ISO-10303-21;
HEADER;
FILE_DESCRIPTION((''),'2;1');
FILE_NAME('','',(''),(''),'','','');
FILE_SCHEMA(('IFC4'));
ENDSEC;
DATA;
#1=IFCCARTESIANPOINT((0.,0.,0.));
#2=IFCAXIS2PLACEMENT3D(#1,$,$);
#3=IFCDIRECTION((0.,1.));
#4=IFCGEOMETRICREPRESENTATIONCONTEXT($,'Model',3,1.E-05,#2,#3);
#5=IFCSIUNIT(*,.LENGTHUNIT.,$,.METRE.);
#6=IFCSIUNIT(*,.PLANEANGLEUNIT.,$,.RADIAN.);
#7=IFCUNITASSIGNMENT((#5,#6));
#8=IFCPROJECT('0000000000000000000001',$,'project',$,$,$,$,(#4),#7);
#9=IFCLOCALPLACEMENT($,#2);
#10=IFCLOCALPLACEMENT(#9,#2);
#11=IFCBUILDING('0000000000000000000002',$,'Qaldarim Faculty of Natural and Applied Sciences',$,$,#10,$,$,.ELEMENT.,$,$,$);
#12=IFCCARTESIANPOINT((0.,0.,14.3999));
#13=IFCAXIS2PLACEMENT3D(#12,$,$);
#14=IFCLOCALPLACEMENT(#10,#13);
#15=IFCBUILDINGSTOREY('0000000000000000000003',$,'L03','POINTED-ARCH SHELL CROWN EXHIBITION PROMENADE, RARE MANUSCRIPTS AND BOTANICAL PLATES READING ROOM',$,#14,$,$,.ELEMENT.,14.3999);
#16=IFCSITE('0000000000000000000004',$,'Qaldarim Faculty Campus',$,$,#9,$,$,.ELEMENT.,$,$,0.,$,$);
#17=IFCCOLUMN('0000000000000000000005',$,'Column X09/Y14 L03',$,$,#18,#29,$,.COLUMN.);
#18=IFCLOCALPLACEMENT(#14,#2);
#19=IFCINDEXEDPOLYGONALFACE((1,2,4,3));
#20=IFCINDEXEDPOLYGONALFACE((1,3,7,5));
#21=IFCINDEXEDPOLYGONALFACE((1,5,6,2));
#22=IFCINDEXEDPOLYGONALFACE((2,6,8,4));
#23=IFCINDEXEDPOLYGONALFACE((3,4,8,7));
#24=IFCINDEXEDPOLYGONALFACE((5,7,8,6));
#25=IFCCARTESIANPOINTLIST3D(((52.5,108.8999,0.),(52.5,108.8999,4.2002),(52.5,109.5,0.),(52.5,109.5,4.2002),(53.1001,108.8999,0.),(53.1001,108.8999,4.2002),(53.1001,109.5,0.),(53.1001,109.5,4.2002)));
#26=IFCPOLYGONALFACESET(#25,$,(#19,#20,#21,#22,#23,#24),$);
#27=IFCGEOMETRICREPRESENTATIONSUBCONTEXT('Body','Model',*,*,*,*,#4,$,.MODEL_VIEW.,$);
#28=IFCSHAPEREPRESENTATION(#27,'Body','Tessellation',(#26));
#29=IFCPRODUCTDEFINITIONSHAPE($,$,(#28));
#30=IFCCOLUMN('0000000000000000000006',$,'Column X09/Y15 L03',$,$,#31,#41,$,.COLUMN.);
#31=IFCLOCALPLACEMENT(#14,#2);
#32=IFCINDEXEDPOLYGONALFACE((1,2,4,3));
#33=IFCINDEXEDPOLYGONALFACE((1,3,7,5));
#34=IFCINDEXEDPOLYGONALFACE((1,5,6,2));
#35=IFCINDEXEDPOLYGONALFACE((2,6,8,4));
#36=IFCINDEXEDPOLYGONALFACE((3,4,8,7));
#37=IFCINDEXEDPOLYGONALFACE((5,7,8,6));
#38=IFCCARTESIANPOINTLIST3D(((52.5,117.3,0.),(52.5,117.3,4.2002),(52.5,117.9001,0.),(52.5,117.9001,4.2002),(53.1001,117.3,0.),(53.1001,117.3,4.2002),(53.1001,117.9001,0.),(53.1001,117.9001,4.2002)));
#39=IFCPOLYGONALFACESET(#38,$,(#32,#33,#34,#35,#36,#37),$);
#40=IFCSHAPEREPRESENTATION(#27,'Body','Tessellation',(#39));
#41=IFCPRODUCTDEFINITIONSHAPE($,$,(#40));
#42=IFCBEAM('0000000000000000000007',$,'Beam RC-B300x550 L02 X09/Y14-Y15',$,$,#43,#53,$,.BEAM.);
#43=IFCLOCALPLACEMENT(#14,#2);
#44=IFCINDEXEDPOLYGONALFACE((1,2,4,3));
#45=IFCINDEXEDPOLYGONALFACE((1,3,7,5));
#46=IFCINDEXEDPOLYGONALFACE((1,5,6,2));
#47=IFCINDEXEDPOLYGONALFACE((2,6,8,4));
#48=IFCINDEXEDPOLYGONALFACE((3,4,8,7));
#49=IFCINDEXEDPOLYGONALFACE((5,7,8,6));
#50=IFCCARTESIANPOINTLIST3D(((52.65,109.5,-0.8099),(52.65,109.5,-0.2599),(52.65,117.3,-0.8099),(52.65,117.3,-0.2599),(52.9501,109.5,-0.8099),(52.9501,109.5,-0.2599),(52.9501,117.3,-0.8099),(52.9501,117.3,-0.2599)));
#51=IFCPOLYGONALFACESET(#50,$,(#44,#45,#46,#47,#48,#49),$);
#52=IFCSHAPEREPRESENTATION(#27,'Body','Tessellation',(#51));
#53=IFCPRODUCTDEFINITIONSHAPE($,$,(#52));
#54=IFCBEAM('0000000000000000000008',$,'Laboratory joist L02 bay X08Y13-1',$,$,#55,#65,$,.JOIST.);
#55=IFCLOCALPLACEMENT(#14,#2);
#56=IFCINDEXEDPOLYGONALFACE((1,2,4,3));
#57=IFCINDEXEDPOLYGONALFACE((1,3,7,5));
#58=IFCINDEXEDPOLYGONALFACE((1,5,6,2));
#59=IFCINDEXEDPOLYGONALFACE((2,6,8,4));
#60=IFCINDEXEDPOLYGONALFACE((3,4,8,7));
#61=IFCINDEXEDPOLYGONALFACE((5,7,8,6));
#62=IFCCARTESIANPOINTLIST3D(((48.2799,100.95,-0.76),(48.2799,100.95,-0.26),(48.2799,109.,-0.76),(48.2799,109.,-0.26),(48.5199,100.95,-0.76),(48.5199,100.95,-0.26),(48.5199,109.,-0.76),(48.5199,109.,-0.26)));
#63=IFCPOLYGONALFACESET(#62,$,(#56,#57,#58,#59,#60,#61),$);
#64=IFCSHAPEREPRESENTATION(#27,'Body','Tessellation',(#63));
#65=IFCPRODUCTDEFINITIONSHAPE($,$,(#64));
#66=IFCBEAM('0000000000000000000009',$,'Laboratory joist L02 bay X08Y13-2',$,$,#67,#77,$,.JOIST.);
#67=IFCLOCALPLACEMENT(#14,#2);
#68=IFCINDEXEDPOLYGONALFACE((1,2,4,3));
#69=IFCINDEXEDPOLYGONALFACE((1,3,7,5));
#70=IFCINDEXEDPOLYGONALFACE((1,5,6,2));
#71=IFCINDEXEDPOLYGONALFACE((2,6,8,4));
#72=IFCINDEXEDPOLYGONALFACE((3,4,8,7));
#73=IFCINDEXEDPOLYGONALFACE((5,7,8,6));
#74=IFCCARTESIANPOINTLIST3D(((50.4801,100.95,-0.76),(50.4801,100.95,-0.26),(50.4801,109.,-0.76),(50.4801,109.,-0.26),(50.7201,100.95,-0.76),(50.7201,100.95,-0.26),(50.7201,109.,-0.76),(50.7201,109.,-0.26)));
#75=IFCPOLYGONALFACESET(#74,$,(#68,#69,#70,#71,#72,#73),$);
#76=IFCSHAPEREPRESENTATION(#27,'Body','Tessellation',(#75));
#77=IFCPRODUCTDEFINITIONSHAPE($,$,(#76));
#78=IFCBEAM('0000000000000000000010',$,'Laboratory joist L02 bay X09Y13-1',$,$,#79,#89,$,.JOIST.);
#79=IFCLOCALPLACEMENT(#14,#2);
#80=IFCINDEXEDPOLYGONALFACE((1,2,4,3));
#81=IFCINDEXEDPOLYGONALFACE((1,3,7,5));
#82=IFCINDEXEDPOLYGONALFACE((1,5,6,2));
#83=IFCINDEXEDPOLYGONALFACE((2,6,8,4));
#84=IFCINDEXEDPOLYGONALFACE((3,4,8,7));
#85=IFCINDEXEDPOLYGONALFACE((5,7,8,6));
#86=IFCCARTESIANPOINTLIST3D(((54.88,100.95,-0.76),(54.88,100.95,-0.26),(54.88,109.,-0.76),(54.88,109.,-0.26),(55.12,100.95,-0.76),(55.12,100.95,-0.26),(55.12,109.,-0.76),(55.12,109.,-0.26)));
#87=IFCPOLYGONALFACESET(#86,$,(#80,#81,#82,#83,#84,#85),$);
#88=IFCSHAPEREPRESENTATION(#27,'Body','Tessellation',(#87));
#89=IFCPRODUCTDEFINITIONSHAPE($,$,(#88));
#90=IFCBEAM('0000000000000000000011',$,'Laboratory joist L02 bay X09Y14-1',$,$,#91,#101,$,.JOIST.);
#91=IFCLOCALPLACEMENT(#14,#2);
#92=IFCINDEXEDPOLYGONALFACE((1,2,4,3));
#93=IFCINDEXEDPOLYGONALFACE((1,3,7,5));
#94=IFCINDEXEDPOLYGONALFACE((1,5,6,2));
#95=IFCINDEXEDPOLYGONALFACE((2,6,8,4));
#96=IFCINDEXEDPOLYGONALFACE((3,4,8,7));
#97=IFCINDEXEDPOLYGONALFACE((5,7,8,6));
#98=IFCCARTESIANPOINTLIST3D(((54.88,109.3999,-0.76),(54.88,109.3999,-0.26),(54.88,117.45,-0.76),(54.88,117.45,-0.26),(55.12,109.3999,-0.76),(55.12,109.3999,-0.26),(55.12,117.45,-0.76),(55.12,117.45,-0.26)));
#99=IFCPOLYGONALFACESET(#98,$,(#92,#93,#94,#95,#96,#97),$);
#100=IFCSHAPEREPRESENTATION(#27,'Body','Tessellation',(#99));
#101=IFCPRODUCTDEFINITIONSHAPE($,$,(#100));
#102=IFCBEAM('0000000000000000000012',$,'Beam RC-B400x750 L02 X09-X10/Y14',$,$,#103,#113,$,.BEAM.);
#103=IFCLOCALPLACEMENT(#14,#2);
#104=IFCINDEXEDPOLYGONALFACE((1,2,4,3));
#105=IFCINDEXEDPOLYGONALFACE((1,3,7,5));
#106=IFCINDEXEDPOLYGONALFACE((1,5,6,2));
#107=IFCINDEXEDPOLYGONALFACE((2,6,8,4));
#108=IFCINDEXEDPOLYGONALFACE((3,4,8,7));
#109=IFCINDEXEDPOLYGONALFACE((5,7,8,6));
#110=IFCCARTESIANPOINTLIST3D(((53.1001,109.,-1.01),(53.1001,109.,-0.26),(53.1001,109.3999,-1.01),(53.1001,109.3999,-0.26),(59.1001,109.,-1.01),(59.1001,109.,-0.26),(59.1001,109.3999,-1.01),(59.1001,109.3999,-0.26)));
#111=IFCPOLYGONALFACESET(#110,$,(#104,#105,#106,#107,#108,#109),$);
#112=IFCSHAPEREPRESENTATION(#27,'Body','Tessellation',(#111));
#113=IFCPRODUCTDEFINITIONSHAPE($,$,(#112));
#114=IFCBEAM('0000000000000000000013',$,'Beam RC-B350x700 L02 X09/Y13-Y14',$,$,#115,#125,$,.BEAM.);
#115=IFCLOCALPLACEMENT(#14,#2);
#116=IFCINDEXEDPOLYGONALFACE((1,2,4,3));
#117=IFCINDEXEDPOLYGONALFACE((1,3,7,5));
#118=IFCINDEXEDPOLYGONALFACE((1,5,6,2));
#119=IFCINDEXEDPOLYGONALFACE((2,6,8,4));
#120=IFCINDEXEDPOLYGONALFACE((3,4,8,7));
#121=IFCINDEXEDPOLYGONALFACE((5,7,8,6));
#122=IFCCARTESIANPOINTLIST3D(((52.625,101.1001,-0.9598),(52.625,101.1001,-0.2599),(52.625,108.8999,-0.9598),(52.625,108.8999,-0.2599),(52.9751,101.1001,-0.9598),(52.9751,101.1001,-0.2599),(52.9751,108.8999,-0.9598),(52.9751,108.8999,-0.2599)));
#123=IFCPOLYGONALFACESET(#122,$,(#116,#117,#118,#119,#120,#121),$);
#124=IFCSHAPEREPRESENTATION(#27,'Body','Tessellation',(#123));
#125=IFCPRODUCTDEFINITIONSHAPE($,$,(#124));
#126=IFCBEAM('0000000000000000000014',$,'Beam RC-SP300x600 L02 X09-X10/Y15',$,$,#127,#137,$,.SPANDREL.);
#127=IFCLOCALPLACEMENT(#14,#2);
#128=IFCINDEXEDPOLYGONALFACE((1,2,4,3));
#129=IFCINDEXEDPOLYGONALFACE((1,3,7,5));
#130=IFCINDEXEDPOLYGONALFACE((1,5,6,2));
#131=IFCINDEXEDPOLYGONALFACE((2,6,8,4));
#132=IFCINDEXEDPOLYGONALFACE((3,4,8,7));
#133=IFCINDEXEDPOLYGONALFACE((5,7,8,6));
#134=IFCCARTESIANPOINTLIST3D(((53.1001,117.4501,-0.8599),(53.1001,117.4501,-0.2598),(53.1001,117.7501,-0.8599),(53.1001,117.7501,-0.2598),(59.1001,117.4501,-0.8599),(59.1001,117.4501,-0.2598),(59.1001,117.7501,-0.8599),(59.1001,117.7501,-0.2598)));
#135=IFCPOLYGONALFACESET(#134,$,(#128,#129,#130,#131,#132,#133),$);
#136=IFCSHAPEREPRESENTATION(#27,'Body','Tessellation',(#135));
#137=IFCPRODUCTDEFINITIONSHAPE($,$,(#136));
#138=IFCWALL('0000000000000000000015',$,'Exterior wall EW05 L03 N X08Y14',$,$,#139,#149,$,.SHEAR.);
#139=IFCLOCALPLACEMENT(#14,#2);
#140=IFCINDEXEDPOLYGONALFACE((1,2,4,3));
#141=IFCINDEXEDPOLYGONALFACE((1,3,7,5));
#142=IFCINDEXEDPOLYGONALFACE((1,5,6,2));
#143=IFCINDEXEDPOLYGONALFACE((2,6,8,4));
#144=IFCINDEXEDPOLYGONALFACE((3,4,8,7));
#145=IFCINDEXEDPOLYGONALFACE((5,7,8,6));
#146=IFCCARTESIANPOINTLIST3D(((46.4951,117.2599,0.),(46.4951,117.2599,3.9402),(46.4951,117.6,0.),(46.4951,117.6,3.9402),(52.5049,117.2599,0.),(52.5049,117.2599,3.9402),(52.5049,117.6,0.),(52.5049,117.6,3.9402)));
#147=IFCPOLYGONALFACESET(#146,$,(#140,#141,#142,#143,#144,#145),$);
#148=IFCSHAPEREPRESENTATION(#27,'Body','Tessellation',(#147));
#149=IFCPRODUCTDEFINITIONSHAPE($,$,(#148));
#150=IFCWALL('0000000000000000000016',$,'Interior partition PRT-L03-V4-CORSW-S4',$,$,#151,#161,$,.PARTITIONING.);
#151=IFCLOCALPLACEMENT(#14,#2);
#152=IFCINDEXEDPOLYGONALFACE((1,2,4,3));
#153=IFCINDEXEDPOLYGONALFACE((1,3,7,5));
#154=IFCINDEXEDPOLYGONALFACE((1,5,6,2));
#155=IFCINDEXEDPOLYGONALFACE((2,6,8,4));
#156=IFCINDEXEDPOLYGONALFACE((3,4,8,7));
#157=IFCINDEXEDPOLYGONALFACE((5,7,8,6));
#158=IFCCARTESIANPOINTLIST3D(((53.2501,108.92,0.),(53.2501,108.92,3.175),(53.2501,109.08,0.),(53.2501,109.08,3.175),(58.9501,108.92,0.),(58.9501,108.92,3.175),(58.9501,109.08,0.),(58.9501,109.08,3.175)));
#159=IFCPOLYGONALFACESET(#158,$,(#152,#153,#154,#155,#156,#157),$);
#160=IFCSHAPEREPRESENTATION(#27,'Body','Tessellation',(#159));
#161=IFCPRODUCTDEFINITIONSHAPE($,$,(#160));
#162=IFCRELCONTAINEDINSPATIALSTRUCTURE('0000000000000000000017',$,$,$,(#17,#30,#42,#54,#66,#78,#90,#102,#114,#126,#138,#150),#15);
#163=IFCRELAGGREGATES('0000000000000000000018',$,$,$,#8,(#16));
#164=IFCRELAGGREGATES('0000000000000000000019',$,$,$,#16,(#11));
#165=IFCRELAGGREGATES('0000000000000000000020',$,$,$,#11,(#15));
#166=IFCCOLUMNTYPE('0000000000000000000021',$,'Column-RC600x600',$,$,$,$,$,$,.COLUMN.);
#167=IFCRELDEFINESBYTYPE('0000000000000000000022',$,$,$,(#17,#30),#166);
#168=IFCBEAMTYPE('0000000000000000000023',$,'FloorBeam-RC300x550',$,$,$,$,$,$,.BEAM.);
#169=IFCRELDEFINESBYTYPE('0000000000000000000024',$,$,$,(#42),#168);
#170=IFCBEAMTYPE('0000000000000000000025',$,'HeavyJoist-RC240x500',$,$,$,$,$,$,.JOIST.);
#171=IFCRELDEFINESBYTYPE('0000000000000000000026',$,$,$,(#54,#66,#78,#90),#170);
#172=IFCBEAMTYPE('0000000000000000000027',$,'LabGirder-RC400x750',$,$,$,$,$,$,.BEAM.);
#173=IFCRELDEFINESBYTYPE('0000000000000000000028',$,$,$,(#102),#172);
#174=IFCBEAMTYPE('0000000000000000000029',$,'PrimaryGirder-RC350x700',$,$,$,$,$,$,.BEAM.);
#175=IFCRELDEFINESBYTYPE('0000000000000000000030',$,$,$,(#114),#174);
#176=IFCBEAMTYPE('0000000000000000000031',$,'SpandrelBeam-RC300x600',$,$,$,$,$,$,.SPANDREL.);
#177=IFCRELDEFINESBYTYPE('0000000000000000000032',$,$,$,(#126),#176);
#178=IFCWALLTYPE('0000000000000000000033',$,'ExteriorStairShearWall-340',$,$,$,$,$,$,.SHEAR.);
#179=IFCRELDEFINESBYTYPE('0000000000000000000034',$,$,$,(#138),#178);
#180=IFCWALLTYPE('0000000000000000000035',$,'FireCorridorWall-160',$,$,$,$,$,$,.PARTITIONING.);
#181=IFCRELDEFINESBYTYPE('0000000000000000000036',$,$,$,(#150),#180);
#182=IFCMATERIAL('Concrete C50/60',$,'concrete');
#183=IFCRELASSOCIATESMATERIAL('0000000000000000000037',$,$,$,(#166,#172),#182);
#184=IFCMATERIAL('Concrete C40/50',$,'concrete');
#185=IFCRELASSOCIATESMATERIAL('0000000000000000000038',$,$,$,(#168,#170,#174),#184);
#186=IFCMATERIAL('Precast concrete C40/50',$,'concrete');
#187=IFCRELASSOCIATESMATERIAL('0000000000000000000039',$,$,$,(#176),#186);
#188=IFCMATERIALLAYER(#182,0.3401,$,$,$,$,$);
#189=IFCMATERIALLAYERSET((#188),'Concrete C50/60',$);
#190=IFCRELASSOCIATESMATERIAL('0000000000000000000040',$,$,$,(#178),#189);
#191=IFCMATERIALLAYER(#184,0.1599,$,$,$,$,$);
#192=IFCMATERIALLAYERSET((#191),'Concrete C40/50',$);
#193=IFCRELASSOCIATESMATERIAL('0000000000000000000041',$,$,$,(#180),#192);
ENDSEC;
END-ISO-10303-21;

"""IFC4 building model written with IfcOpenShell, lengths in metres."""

from ifc_helpers import new_model, si_unit, direction, frame, frame_2d, origin, origin_2d, place, context, subcontext, project, spatial, rectangle, extrude, material, layer, layer_set, material_profile, profile_set, type_object, element, save


model = new_model("IFC4")

# Units and contexts
model_context = context("Model", 3, precision=1e-05, world=origin(), true_north=direction((0.0, 1.0)))
body_context = subcontext(model_context, "Body", "Model", "MODEL_VIEW")
ifc_project = project(units=[si_unit("LENGTHUNIT", "METRE"), si_unit("PLANEANGLEUNIT", "RADIAN")], contexts=[model_context])

# Site, building, storey
site_placement = place(None, origin())
site = spatial("IfcSite", under=ifc_project, at=site_placement, Name="Qaldarim Faculty Campus", CompositionType="ELEMENT", RefElevation=0.0)
building_placement = place(site_placement, origin())
building = spatial("IfcBuilding", under=site, at=building_placement, Name="Qaldarim Faculty of Natural and Applied Sciences", CompositionType="ELEMENT")
storey_placement = place(building_placement, frame((0.0, 0.0, 14.3999)))
storey = spatial("IfcBuildingStorey", under=building, at=storey_placement, Name="L03", Description="POINTED-ARCH SHELL CROWN EXHIBITION PROMENADE, RARE MANUSCRIPTS AND BOTANICAL PLATES READING ROOM", CompositionType="ELEMENT", Elevation=14.3999)

# Columns
ifc_material_1 = material(Name="Concrete C50/60", Category="concrete")
ifc_material_profile_1 = material_profile(ifc_material_1, rectangle(XDim=0.6001, YDim=0.6001, at=origin_2d()), Name="RC-C600x600")
ifc_profile_set_1 = profile_set([ifc_material_profile_1], Name="Concrete C50/60")
column_type = type_object("IfcColumnType", Name="Column-RC600x600", PredefinedType="COLUMN", material=ifc_profile_set_1)
for number, where, z_axis, x_axis, name in (
    (1, (52.8, 109.2, 0.0), (0.0, 0.0, 1.0), (1.0, 0.0, 0.0), "Column X09/Y14 L03"),
    (2, (52.8, 117.6001, 0.0), (0.0, 0.0, 1.0), (1.0, 0.0, 0.0), "Column X09/Y15 L03"),
):
    element("IfcColumn", number, at=place(storey_placement, frame(where, z_axis=z_axis, x_axis=x_axis)), inside=storey, type_object=column_type, Name=name, PredefinedType="COLUMN", context=body_context, shape_type="SweptSolid", body=[
        extrude(rectangle(XDim=0.6001, YDim=0.6001, at=origin_2d()), origin(), (0.0, 0.0, 1.0), 4.2002),
    ])

# Beams
ifc_material_2 = material(Name="Concrete C40/50", Category="concrete")
ifc_material_profile_2 = material_profile(ifc_material_2, rectangle(XDim=0.3, YDim=0.55, at=origin_2d()), Name="RC-B300x550")
ifc_profile_set_2 = profile_set([ifc_material_profile_2], Name="Concrete C40/50")
beam_type_1 = type_object("IfcBeamType", Name="FloorBeam-RC300x550", PredefinedType="BEAM", material=ifc_profile_set_2)
beam_1_placement = place(storey_placement, frame((52.8, 109.5, -0.5349), z_axis=(0.0, 1.0, 0.0), x_axis=(-1.0, 0.0, 0.0)))
element("IfcBeam", 3, at=beam_1_placement, inside=storey, type_object=beam_type_1, Name="Beam RC-B300x550 L02 X09/Y14-Y15", PredefinedType="BEAM", context=body_context, shape_type="SweptSolid", body=[
    extrude(rectangle(XDim=0.3, YDim=0.55, at=origin_2d()), origin(), (0.0, 0.0, 1.0), 7.8),
])
ifc_material_profile_3 = material_profile(ifc_material_2, rectangle(XDim=0.24, YDim=0.5, at=origin_2d()), Name="RC-J240x500")
ifc_profile_set_3 = profile_set([ifc_material_profile_3], Name="Concrete C40/50")
beam_type_2 = type_object("IfcBeamType", Name="HeavyJoist-RC240x500", PredefinedType="JOIST", material=ifc_profile_set_3)
for number, where, z_axis, x_axis, name in (
    (4, (48.3999, 100.95, -0.51), (0.0, 1.0, 0.0), (-1.0, 0.0, 0.0), "Laboratory joist L02 bay X08Y13-1"),
    (5, (50.6001, 100.95, -0.51), (0.0, 1.0, 0.0), (-1.0, 0.0, 0.0), "Laboratory joist L02 bay X08Y13-2"),
    (6, (55.0, 100.95, -0.51), (0.0, 1.0, 0.0), (-1.0, 0.0, 0.0), "Laboratory joist L02 bay X09Y13-1"),
    (7, (55.0, 109.3999, -0.51), (0.0, 1.0, 0.0), (-1.0, 0.0, 0.0), "Laboratory joist L02 bay X09Y14-1"),
):
    element("IfcBeam", number, at=place(storey_placement, frame(where, z_axis=z_axis, x_axis=x_axis)), inside=storey, type_object=beam_type_2, Name=name, PredefinedType="JOIST", context=body_context, shape_type="SweptSolid", body=[
        extrude(rectangle(XDim=0.24, YDim=0.5, at=origin_2d()), origin(), (0.0, 0.0, 1.0), 8.05),
    ])
ifc_material_profile_4 = material_profile(ifc_material_1, rectangle(XDim=0.3999, YDim=0.75, at=origin_2d()), Name="RC-B400x750")
ifc_profile_set_4 = profile_set([ifc_material_profile_4], Name="Concrete C50/60")
beam_type_3 = type_object("IfcBeamType", Name="LabGirder-RC400x750", PredefinedType="BEAM", material=ifc_profile_set_4)
beam_2_placement = place(storey_placement, frame((53.1001, 109.2, -0.635), z_axis=(1.0, 0.0, 0.0), x_axis=(0.0, 1.0, 0.0)))
element("IfcBeam", 8, at=beam_2_placement, inside=storey, type_object=beam_type_3, Name="Beam RC-B400x750 L02 X09-X10/Y14", PredefinedType="BEAM", context=body_context, shape_type="SweptSolid", body=[
    extrude(rectangle(XDim=0.3999, YDim=0.75, at=origin_2d()), origin(), (0.0, 0.0, 1.0), 6.0),
])
ifc_material_profile_5 = material_profile(ifc_material_2, rectangle(XDim=0.3501, YDim=0.7, at=origin_2d()), Name="RC-B350x700")
ifc_profile_set_5 = profile_set([ifc_material_profile_5], Name="Concrete C40/50")
beam_type_4 = type_object("IfcBeamType", Name="PrimaryGirder-RC350x700", PredefinedType="BEAM", material=ifc_profile_set_5)
beam_3_placement = place(storey_placement, frame((52.8, 101.1001, -0.6099), z_axis=(0.0, 1.0, 0.0), x_axis=(-1.0, 0.0, 0.0)))
element("IfcBeam", 9, at=beam_3_placement, inside=storey, type_object=beam_type_4, Name="Beam RC-B350x700 L02 X09/Y13-Y14", PredefinedType="BEAM", context=body_context, shape_type="SweptSolid", body=[
    extrude(rectangle(XDim=0.3501, YDim=0.7, at=origin_2d()), origin(), (0.0, 0.0, 1.0), 7.7998),
])
ifc_material_3 = material(Name="Precast concrete C40/50", Category="concrete")
ifc_material_profile_6 = material_profile(ifc_material_3, rectangle(XDim=0.3, YDim=0.6001, at=origin_2d()), Name="RC-SP300x600")
ifc_profile_set_6 = profile_set([ifc_material_profile_6], Name="Precast concrete C40/50")
beam_type_5 = type_object("IfcBeamType", Name="SpandrelBeam-RC300x600", PredefinedType="SPANDREL", material=ifc_profile_set_6)
beam_4_placement = place(storey_placement, frame((53.1001, 117.6001, -0.5598), z_axis=(1.0, 0.0, 0.0), x_axis=(0.0, 1.0, 0.0)))
element("IfcBeam", 10, at=beam_4_placement, inside=storey, type_object=beam_type_5, Name="Beam RC-SP300x600 L02 X09-X10/Y15", PredefinedType="SPANDREL", context=body_context, shape_type="SweptSolid", body=[
    extrude(rectangle(XDim=0.3, YDim=0.6001, at=origin_2d()), origin(), (0.0, 0.0, 1.0), 6.0),
])

# Walls
ifc_layer_1 = layer(ifc_material_1, 0.3401)
ifc_layer_set_1 = layer_set([ifc_layer_1], Name="Concrete C50/60")
wall_type_1 = type_object("IfcWallType", Name="ExteriorStairShearWall-340", PredefinedType="SHEAR", material=ifc_layer_set_1)
wall_1_placement = place(storey_placement, frame((52.5049, 117.4299, 0.0), z_axis=(0.0, 0.0, 1.0), x_axis=(-1.0, 0.0, 0.0)))
element("IfcWall", 11, at=wall_1_placement, inside=storey, type_object=wall_type_1, Name="Exterior wall EW05 L03 N X08Y14", PredefinedType="SHEAR", context=body_context, shape_type="SweptSolid", body=[
    extrude(rectangle(XDim=6.0098, YDim=0.3401, at=frame_2d((3.0049, 0.0))), origin(), (0.0, 0.0, 1.0), 3.9402),
])
ifc_layer_2 = layer(ifc_material_2, 0.1599)
ifc_layer_set_2 = layer_set([ifc_layer_2], Name="Concrete C40/50")
wall_type_2 = type_object("IfcWallType", Name="FireCorridorWall-160", PredefinedType="PARTITIONING", material=ifc_layer_set_2)
wall_2_placement = place(storey_placement, frame((53.25, 109.0, 0.0), z_axis=(0.0, 0.0, 1.0), x_axis=(1.0, 0.0, 0.0)))
element("IfcWall", 12, at=wall_2_placement, inside=storey, type_object=wall_type_2, Name="Interior partition PRT-L03-V4-CORSW-S4", PredefinedType="PARTITIONING", context=body_context, shape_type="SweptSolid", body=[
    extrude(rectangle(XDim=5.7, YDim=0.1599, at=frame_2d((2.8501, 0.0))), origin(), (0.0, 0.0, 1.0), 3.175),
])

save(model, "model.ifc")
